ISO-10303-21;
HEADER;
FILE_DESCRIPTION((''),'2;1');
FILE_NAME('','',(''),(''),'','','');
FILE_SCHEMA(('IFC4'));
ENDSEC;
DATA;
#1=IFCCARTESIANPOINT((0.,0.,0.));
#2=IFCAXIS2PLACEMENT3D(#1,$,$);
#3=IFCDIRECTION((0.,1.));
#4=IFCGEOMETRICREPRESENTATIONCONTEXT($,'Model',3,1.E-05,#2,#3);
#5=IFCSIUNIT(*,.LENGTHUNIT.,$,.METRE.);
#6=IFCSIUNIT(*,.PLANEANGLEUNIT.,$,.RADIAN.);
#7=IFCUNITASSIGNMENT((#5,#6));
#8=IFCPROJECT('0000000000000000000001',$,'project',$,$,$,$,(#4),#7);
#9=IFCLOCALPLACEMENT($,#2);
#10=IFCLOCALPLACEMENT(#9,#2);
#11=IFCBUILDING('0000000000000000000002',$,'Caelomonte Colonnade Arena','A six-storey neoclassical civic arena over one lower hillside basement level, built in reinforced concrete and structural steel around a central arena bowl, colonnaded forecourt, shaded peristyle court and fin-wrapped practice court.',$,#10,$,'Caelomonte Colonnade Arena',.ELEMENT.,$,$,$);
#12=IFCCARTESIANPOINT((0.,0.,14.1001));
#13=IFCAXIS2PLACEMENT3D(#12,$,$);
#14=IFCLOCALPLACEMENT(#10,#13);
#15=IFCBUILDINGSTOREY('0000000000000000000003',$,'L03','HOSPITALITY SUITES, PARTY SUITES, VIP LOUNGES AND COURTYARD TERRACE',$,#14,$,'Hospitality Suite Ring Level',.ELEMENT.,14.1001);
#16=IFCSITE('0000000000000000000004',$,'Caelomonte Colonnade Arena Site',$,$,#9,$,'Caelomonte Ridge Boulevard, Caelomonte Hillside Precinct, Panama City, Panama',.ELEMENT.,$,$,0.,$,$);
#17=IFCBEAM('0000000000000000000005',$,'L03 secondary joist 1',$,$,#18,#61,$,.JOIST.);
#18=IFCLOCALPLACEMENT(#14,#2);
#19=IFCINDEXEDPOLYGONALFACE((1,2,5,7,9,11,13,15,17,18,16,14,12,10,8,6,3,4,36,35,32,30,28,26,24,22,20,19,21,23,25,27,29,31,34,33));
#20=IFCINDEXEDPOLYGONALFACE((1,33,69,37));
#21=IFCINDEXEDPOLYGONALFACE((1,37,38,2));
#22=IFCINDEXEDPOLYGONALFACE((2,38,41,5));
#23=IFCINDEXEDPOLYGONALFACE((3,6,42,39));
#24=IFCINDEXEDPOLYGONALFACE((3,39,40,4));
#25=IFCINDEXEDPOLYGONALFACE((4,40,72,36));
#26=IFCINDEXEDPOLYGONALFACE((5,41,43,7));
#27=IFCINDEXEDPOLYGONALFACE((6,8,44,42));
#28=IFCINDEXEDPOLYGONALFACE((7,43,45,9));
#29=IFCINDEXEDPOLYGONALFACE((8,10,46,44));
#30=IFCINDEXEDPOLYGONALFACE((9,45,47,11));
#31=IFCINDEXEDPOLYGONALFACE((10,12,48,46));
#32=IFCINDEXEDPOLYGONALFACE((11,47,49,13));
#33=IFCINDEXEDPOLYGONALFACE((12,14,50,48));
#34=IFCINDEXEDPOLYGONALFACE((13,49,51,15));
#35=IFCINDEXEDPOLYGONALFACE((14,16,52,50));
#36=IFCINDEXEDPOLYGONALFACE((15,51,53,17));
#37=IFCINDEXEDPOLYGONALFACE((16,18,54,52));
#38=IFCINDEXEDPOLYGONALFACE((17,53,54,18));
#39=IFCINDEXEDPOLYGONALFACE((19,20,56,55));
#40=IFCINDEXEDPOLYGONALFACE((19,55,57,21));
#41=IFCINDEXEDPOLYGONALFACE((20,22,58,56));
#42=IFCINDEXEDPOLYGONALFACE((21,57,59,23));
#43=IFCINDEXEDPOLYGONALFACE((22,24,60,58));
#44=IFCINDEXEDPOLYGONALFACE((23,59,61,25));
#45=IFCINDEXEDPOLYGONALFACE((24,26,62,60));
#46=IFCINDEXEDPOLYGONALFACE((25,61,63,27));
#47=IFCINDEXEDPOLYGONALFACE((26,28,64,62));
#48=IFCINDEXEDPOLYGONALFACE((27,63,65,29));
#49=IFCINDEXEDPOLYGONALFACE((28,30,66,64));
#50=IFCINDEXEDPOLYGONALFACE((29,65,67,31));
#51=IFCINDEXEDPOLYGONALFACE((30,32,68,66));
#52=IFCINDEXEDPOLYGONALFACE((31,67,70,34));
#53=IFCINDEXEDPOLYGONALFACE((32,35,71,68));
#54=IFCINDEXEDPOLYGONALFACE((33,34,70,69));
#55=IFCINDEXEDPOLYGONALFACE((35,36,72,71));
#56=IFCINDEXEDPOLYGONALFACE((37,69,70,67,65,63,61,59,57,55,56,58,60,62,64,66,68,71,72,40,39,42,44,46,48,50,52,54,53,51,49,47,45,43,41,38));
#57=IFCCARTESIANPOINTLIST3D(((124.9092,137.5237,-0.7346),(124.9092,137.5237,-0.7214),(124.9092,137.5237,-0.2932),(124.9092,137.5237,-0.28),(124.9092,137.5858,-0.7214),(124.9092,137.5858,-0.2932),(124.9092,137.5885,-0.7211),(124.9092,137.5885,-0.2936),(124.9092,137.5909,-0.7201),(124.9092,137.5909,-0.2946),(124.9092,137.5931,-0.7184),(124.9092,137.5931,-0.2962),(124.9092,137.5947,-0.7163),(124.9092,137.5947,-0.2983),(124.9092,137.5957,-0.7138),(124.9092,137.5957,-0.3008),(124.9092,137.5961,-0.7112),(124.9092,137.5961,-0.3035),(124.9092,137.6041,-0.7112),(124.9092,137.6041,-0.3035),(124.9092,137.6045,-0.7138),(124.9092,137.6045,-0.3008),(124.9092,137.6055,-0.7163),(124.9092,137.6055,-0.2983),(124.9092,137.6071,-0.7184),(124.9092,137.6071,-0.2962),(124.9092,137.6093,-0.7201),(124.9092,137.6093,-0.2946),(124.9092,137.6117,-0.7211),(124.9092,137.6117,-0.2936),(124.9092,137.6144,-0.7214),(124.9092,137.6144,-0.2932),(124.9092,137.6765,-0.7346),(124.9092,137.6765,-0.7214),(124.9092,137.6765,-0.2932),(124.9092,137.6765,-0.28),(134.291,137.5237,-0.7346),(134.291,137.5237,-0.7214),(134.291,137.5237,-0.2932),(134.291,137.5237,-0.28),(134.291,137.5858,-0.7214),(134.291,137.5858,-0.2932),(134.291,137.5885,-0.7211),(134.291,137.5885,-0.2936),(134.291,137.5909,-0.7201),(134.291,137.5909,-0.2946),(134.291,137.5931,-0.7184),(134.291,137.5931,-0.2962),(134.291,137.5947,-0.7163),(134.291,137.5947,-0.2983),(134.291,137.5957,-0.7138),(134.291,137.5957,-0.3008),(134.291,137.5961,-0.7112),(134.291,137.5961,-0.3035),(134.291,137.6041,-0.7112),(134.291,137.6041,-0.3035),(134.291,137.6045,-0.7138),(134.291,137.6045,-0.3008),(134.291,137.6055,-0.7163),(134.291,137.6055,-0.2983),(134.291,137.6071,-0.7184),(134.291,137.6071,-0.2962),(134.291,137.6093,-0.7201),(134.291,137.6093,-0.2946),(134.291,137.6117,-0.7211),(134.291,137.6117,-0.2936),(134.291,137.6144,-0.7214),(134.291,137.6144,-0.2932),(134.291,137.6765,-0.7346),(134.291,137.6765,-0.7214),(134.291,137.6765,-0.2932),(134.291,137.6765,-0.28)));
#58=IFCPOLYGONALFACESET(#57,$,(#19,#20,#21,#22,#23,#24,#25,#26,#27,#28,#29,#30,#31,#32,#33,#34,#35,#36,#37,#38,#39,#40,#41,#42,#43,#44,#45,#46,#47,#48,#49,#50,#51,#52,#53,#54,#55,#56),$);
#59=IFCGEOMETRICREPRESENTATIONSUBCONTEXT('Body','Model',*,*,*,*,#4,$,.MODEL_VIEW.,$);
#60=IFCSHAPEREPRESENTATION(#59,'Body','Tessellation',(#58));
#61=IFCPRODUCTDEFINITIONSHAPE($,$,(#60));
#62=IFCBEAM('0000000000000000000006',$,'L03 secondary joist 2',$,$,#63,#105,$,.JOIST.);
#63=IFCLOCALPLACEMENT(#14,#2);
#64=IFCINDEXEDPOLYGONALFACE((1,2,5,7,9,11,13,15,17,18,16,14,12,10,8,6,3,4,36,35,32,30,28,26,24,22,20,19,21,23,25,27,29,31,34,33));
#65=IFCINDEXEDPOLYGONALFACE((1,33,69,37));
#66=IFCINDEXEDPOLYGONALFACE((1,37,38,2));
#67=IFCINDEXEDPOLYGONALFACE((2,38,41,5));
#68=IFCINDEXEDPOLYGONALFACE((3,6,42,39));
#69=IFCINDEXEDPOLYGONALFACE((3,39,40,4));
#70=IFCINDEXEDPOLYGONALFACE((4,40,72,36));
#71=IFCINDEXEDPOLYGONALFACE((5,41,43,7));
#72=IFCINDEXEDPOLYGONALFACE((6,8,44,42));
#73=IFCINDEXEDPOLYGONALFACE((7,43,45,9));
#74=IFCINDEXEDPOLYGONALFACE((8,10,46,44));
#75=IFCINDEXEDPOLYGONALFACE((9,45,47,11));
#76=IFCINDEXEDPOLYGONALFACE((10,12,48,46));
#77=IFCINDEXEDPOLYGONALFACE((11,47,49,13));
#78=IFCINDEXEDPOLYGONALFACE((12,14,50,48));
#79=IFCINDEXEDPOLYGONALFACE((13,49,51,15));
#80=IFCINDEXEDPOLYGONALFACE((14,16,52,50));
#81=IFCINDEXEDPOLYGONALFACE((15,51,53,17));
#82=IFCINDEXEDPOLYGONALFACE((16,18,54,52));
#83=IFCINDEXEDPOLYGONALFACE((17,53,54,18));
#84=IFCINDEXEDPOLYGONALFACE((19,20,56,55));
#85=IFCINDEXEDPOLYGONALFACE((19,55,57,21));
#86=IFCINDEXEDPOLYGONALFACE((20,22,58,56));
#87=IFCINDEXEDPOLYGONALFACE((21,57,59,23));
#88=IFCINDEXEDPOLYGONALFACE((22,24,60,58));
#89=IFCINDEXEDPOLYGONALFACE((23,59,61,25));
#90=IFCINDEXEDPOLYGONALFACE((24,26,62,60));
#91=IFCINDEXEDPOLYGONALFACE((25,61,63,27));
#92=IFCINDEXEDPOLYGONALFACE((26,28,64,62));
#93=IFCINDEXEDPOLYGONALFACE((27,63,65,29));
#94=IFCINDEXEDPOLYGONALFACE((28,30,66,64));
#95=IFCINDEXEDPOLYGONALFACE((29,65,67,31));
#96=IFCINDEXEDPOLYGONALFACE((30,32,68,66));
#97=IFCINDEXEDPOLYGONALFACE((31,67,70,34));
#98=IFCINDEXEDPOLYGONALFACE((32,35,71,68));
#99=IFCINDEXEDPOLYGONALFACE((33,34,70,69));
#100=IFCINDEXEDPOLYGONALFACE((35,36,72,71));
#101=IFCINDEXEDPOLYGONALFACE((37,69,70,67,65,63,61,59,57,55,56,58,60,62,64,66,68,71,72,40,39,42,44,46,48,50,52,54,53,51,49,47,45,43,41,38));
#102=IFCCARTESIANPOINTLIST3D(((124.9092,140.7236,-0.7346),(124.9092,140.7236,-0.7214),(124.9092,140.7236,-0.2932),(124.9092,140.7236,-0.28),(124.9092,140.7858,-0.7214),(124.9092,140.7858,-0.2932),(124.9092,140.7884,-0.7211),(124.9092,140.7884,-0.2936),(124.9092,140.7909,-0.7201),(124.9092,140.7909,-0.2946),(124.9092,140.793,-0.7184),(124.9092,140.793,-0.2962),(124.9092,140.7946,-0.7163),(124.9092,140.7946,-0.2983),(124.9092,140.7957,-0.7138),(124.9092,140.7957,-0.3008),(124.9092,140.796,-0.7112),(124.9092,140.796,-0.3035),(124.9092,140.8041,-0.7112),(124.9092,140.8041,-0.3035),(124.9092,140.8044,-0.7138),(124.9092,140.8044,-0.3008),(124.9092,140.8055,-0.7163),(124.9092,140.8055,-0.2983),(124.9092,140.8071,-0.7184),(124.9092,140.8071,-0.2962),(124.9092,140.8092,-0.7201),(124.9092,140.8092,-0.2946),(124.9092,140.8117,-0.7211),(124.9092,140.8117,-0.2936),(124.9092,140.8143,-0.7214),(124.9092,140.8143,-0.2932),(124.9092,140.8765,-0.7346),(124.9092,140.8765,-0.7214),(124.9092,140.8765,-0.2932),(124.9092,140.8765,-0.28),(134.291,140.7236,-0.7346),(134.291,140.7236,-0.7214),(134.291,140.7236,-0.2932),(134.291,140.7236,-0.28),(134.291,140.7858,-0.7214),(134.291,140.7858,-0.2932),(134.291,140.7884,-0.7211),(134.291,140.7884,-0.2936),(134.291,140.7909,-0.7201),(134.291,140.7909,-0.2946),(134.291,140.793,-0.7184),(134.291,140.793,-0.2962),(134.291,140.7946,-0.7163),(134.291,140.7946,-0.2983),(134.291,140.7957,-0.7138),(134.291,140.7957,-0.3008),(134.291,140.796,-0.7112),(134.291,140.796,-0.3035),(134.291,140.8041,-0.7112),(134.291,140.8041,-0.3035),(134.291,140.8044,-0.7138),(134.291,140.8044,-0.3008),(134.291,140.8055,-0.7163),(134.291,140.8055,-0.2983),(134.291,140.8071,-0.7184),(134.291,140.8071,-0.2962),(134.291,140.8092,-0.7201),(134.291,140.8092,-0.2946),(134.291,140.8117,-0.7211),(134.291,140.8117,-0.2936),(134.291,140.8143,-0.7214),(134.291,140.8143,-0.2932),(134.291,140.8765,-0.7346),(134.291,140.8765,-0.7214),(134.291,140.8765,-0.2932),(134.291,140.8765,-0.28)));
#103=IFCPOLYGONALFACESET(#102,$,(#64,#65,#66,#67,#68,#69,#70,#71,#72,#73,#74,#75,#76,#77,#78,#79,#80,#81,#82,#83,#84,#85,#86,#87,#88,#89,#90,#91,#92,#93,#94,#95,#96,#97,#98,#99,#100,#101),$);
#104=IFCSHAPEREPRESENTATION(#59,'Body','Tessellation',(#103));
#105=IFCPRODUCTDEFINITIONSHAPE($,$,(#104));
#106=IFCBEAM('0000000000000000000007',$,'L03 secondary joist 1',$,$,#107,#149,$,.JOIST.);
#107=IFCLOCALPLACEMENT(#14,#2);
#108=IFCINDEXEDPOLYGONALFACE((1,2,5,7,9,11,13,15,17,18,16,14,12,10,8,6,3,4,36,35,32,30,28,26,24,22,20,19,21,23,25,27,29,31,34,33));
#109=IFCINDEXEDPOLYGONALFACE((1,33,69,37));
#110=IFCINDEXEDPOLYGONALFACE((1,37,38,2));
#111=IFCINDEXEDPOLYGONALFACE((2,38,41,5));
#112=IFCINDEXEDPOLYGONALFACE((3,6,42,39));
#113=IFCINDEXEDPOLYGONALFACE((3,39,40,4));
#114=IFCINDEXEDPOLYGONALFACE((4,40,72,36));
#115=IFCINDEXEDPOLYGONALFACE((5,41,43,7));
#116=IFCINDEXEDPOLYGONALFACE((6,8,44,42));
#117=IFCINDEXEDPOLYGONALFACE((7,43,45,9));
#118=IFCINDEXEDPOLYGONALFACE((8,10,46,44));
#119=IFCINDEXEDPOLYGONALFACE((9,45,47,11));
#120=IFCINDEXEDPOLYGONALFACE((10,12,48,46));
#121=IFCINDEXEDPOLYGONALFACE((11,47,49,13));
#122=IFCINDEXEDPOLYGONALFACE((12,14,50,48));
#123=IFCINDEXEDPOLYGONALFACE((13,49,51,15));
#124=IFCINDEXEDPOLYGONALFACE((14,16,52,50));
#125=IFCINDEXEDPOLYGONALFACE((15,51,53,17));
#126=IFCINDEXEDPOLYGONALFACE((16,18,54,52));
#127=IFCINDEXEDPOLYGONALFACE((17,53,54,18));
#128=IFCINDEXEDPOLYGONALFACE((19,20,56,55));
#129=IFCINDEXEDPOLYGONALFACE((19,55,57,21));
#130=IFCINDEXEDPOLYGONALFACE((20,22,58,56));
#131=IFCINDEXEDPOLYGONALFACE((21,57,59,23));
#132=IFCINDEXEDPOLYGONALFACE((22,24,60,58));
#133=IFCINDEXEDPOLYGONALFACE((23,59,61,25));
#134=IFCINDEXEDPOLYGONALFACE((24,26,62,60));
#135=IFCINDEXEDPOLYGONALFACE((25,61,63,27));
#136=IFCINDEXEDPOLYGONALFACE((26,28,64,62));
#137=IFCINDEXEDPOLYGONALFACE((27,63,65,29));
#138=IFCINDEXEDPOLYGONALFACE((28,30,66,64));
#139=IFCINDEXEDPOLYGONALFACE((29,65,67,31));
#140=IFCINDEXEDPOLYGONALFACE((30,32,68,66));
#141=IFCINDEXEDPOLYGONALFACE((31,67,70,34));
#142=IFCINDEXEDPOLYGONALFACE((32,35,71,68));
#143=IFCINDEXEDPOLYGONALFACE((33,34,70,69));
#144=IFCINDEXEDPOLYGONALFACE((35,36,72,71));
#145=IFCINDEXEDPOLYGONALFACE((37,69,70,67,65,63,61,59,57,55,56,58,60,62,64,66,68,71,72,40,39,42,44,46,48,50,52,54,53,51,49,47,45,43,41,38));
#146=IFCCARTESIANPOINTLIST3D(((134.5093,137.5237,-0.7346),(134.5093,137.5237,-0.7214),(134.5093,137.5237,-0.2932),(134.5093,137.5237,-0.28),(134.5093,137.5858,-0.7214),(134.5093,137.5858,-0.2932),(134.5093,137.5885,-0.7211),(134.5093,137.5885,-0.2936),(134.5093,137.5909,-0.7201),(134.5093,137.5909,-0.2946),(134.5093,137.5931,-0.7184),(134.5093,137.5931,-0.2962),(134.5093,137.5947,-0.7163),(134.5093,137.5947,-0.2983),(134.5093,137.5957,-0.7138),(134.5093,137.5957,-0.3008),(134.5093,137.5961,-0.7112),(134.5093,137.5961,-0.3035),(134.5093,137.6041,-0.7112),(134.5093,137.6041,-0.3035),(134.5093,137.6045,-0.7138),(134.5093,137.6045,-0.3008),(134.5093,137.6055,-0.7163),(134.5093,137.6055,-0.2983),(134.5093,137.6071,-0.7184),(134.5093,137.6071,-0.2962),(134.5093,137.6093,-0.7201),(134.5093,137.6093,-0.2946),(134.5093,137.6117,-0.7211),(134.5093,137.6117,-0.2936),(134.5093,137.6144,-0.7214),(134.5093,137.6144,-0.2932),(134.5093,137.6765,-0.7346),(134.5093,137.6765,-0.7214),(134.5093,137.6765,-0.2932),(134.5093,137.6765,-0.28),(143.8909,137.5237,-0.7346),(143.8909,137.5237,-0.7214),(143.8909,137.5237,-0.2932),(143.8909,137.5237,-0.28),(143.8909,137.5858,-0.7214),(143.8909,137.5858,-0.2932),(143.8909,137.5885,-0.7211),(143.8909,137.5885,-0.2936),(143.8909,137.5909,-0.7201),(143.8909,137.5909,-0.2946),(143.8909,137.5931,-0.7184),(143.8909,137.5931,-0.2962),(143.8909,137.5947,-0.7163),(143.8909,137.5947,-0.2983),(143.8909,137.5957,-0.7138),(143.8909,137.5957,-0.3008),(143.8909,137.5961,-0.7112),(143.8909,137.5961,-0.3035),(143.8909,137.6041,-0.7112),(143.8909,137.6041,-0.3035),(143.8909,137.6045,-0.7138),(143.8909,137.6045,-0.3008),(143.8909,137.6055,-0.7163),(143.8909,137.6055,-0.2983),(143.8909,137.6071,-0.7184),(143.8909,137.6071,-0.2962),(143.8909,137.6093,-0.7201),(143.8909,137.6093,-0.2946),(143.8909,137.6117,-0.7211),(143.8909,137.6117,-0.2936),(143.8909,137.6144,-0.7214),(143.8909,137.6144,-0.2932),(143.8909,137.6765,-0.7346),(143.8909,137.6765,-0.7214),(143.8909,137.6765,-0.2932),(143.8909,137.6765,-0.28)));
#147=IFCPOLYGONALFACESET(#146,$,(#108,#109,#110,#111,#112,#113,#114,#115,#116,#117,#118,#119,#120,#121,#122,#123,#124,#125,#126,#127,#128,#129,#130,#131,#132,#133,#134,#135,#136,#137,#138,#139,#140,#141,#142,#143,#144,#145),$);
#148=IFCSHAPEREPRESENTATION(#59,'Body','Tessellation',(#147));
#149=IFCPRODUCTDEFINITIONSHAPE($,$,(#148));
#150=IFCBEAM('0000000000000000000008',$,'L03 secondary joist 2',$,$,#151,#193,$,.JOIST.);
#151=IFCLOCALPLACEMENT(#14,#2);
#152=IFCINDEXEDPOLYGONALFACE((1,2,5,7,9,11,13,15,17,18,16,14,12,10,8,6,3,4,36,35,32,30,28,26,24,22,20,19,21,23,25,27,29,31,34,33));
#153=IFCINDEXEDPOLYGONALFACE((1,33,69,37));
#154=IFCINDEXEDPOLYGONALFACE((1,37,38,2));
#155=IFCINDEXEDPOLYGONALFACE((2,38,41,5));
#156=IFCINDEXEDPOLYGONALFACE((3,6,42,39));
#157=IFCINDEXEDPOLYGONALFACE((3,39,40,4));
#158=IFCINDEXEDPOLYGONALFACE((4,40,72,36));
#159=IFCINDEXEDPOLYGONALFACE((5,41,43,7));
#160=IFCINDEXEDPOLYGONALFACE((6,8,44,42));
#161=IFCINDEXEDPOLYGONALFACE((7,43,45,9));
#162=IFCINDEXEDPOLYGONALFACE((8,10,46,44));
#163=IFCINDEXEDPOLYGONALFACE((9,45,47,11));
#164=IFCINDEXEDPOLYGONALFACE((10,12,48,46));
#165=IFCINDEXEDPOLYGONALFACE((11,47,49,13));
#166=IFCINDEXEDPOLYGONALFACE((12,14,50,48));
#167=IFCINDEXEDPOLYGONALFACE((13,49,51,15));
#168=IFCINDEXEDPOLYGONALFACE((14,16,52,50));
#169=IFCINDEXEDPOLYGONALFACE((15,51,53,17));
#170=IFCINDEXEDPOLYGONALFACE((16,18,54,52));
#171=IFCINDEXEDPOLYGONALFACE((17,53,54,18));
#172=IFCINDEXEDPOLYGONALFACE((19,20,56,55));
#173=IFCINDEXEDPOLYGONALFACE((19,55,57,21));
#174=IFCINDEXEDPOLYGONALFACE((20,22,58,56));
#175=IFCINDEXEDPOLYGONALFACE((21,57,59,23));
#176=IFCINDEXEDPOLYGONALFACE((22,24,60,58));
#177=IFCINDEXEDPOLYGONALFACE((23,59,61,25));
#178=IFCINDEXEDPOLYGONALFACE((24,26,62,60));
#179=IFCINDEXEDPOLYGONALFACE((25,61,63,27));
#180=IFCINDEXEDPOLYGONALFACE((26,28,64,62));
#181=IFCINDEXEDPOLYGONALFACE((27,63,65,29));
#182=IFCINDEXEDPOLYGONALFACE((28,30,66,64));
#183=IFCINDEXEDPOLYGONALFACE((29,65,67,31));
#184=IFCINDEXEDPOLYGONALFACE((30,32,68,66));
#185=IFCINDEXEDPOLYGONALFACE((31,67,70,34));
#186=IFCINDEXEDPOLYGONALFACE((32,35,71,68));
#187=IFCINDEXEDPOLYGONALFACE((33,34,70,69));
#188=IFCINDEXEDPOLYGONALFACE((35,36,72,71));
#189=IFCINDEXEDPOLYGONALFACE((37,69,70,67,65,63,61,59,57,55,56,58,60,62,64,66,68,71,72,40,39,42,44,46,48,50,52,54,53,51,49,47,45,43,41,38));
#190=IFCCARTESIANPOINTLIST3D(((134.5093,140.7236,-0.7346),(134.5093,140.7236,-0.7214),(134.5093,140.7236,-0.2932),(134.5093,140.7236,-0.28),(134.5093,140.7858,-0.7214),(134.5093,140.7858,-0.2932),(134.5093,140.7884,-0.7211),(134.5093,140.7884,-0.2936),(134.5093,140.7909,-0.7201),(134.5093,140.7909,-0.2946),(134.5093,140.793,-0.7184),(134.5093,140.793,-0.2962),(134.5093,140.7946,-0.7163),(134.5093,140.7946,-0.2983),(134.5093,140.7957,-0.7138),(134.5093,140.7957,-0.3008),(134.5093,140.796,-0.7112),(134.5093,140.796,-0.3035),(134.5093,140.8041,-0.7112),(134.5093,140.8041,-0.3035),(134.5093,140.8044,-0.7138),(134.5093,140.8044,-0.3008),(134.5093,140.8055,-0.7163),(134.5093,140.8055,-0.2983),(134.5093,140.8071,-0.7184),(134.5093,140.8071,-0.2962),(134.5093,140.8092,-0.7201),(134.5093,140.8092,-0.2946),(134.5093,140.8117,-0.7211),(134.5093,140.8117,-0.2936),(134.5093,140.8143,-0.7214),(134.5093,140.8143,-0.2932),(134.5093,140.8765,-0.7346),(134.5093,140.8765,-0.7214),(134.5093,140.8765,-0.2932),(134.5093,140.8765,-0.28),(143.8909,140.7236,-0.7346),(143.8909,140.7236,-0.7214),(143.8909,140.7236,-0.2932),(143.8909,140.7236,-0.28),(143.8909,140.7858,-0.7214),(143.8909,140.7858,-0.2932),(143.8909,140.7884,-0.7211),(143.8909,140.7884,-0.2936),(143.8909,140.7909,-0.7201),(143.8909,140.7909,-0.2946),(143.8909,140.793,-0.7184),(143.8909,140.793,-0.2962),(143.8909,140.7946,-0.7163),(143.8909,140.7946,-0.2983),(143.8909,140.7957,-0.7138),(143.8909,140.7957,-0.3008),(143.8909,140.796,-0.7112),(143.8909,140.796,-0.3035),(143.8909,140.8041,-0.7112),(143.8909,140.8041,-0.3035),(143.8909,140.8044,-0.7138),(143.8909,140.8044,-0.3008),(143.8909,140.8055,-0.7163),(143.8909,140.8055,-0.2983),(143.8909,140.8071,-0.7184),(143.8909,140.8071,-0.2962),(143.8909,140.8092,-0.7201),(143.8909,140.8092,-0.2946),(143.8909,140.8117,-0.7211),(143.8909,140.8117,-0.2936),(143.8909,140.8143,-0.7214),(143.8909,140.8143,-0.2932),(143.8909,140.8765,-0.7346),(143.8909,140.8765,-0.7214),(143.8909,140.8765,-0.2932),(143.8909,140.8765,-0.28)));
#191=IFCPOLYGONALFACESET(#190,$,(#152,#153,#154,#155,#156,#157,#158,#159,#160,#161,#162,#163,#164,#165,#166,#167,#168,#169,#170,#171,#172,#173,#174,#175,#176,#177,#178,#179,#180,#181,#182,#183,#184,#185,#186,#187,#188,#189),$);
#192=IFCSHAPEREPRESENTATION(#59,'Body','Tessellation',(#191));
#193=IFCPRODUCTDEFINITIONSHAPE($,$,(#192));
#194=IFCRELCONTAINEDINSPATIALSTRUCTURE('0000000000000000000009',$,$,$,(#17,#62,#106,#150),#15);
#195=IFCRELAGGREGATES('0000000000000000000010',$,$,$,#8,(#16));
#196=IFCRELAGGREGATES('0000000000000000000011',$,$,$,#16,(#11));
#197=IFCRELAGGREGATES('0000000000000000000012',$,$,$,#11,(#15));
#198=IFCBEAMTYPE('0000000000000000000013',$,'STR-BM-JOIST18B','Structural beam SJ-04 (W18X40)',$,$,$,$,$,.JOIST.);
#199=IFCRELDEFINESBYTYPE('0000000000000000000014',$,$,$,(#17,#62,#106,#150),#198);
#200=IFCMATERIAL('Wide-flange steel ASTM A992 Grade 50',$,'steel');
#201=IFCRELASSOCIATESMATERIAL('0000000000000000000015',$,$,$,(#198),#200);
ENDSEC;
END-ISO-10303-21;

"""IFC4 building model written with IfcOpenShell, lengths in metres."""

from ifc_helpers import new_model, si_unit, direction, frame, origin, origin_2d, place, context, subcontext, project, spatial, i_section, extrude, material, material_profile, profile_set, type_object, element, save


model = new_model("IFC4")

# Units and contexts
model_context = context("Model", 3, precision=1e-05, world=origin(), true_north=direction((0.0, 1.0)))
body_context = subcontext(model_context, "Body", "Model", "MODEL_VIEW")
ifc_project = project(units=[si_unit("LENGTHUNIT", "METRE"), si_unit("PLANEANGLEUNIT", "RADIAN")], contexts=[model_context])

# Site, building, storey
site_placement = place(None, origin())
site = spatial("IfcSite", under=ifc_project, at=site_placement, Name="Caelomonte Colonnade Arena Site", LongName="Caelomonte Ridge Boulevard, Caelomonte Hillside Precinct, Panama City, Panama", CompositionType="ELEMENT", RefElevation=0.0)
building_placement = place(site_placement, origin())
building = spatial("IfcBuilding", under=site, at=building_placement, Name="Caelomonte Colonnade Arena", Description="A six-storey neoclassical civic arena over one lower hillside basement level, built in reinforced concrete and structural steel around a central arena bowl, colonnaded forecourt, shaded peristyle court and fin-wrapped practice court.", LongName="Caelomonte Colonnade Arena", CompositionType="ELEMENT")
storey_placement = place(building_placement, frame((0.0, 0.0, 14.1001)))
storey = spatial("IfcBuildingStorey", under=building, at=storey_placement, Name="L03", Description="HOSPITALITY SUITES, PARTY SUITES, VIP LOUNGES AND COURTYARD TERRACE", LongName="Hospitality Suite Ring Level", CompositionType="ELEMENT", Elevation=14.1001)

# Beams
ifc_material_1 = material(Name="Wide-flange steel ASTM A992 Grade 50", Category="steel")
ifc_material_profile_1 = material_profile(ifc_material_1, i_section(OverallWidth=0.1528, OverallDepth=0.4546, WebThickness=0.0081, FlangeThickness=0.0132, FilletRadius=0.0103, at=origin_2d()), Name="W18X40")
ifc_profile_set_1 = profile_set([ifc_material_profile_1], Name="Wide-flange steel ASTM A992 Grade 50")
beam_type_1 = type_object("IfcBeamType", Name="STR-BM-JOIST18B", Description="Structural beam SJ-04 (W18X40)", PredefinedType="JOIST", material=ifc_profile_set_1)
for number, where, z_axis, x_axis, name in (
    (1, (124.9092, 137.6001, -0.5073), (1.0, 0.0, 0.0), (0.0, 1.0, 0.0), "L03 secondary joist 1"),
    (2, (124.9092, 140.8, -0.5073), (1.0, 0.0, 0.0), (0.0, 1.0, 0.0), "L03 secondary joist 2"),
):
    element("IfcBeam", number, at=place(storey_placement, frame(where, z_axis=z_axis, x_axis=x_axis)), inside=storey, type_object=beam_type_1, Name=name, PredefinedType="JOIST", context=body_context, shape_type="SweptSolid", body=[
        extrude(i_section(OverallWidth=0.1528, OverallDepth=0.4546, WebThickness=0.0081, FlangeThickness=0.0132, FilletRadius=0.0103, at=origin_2d()), origin(), (0.0, 0.0, 1.0), 9.3818),
    ])
for number, where, z_axis, x_axis, name in (
    (3, (134.5093, 137.6001, -0.5073), (1.0, 0.0, 0.0), (0.0, 1.0, 0.0), "L03 secondary joist 1"),
    (4, (134.5093, 140.8, -0.5073), (1.0, 0.0, 0.0), (0.0, 1.0, 0.0), "L03 secondary joist 2"),
):
    element("IfcBeam", number, at=place(storey_placement, frame(where, z_axis=z_axis, x_axis=x_axis)), inside=storey, type_object=beam_type_1, Name=name, PredefinedType="JOIST", context=body_context, shape_type="SweptSolid", body=[
        extrude(i_section(OverallWidth=0.1528, OverallDepth=0.4546, WebThickness=0.0081, FlangeThickness=0.0132, FilletRadius=0.0103, at=origin_2d()), origin(), (0.0, 0.0, 1.0), 9.3816),
    ])

save(model, "model.ifc")
